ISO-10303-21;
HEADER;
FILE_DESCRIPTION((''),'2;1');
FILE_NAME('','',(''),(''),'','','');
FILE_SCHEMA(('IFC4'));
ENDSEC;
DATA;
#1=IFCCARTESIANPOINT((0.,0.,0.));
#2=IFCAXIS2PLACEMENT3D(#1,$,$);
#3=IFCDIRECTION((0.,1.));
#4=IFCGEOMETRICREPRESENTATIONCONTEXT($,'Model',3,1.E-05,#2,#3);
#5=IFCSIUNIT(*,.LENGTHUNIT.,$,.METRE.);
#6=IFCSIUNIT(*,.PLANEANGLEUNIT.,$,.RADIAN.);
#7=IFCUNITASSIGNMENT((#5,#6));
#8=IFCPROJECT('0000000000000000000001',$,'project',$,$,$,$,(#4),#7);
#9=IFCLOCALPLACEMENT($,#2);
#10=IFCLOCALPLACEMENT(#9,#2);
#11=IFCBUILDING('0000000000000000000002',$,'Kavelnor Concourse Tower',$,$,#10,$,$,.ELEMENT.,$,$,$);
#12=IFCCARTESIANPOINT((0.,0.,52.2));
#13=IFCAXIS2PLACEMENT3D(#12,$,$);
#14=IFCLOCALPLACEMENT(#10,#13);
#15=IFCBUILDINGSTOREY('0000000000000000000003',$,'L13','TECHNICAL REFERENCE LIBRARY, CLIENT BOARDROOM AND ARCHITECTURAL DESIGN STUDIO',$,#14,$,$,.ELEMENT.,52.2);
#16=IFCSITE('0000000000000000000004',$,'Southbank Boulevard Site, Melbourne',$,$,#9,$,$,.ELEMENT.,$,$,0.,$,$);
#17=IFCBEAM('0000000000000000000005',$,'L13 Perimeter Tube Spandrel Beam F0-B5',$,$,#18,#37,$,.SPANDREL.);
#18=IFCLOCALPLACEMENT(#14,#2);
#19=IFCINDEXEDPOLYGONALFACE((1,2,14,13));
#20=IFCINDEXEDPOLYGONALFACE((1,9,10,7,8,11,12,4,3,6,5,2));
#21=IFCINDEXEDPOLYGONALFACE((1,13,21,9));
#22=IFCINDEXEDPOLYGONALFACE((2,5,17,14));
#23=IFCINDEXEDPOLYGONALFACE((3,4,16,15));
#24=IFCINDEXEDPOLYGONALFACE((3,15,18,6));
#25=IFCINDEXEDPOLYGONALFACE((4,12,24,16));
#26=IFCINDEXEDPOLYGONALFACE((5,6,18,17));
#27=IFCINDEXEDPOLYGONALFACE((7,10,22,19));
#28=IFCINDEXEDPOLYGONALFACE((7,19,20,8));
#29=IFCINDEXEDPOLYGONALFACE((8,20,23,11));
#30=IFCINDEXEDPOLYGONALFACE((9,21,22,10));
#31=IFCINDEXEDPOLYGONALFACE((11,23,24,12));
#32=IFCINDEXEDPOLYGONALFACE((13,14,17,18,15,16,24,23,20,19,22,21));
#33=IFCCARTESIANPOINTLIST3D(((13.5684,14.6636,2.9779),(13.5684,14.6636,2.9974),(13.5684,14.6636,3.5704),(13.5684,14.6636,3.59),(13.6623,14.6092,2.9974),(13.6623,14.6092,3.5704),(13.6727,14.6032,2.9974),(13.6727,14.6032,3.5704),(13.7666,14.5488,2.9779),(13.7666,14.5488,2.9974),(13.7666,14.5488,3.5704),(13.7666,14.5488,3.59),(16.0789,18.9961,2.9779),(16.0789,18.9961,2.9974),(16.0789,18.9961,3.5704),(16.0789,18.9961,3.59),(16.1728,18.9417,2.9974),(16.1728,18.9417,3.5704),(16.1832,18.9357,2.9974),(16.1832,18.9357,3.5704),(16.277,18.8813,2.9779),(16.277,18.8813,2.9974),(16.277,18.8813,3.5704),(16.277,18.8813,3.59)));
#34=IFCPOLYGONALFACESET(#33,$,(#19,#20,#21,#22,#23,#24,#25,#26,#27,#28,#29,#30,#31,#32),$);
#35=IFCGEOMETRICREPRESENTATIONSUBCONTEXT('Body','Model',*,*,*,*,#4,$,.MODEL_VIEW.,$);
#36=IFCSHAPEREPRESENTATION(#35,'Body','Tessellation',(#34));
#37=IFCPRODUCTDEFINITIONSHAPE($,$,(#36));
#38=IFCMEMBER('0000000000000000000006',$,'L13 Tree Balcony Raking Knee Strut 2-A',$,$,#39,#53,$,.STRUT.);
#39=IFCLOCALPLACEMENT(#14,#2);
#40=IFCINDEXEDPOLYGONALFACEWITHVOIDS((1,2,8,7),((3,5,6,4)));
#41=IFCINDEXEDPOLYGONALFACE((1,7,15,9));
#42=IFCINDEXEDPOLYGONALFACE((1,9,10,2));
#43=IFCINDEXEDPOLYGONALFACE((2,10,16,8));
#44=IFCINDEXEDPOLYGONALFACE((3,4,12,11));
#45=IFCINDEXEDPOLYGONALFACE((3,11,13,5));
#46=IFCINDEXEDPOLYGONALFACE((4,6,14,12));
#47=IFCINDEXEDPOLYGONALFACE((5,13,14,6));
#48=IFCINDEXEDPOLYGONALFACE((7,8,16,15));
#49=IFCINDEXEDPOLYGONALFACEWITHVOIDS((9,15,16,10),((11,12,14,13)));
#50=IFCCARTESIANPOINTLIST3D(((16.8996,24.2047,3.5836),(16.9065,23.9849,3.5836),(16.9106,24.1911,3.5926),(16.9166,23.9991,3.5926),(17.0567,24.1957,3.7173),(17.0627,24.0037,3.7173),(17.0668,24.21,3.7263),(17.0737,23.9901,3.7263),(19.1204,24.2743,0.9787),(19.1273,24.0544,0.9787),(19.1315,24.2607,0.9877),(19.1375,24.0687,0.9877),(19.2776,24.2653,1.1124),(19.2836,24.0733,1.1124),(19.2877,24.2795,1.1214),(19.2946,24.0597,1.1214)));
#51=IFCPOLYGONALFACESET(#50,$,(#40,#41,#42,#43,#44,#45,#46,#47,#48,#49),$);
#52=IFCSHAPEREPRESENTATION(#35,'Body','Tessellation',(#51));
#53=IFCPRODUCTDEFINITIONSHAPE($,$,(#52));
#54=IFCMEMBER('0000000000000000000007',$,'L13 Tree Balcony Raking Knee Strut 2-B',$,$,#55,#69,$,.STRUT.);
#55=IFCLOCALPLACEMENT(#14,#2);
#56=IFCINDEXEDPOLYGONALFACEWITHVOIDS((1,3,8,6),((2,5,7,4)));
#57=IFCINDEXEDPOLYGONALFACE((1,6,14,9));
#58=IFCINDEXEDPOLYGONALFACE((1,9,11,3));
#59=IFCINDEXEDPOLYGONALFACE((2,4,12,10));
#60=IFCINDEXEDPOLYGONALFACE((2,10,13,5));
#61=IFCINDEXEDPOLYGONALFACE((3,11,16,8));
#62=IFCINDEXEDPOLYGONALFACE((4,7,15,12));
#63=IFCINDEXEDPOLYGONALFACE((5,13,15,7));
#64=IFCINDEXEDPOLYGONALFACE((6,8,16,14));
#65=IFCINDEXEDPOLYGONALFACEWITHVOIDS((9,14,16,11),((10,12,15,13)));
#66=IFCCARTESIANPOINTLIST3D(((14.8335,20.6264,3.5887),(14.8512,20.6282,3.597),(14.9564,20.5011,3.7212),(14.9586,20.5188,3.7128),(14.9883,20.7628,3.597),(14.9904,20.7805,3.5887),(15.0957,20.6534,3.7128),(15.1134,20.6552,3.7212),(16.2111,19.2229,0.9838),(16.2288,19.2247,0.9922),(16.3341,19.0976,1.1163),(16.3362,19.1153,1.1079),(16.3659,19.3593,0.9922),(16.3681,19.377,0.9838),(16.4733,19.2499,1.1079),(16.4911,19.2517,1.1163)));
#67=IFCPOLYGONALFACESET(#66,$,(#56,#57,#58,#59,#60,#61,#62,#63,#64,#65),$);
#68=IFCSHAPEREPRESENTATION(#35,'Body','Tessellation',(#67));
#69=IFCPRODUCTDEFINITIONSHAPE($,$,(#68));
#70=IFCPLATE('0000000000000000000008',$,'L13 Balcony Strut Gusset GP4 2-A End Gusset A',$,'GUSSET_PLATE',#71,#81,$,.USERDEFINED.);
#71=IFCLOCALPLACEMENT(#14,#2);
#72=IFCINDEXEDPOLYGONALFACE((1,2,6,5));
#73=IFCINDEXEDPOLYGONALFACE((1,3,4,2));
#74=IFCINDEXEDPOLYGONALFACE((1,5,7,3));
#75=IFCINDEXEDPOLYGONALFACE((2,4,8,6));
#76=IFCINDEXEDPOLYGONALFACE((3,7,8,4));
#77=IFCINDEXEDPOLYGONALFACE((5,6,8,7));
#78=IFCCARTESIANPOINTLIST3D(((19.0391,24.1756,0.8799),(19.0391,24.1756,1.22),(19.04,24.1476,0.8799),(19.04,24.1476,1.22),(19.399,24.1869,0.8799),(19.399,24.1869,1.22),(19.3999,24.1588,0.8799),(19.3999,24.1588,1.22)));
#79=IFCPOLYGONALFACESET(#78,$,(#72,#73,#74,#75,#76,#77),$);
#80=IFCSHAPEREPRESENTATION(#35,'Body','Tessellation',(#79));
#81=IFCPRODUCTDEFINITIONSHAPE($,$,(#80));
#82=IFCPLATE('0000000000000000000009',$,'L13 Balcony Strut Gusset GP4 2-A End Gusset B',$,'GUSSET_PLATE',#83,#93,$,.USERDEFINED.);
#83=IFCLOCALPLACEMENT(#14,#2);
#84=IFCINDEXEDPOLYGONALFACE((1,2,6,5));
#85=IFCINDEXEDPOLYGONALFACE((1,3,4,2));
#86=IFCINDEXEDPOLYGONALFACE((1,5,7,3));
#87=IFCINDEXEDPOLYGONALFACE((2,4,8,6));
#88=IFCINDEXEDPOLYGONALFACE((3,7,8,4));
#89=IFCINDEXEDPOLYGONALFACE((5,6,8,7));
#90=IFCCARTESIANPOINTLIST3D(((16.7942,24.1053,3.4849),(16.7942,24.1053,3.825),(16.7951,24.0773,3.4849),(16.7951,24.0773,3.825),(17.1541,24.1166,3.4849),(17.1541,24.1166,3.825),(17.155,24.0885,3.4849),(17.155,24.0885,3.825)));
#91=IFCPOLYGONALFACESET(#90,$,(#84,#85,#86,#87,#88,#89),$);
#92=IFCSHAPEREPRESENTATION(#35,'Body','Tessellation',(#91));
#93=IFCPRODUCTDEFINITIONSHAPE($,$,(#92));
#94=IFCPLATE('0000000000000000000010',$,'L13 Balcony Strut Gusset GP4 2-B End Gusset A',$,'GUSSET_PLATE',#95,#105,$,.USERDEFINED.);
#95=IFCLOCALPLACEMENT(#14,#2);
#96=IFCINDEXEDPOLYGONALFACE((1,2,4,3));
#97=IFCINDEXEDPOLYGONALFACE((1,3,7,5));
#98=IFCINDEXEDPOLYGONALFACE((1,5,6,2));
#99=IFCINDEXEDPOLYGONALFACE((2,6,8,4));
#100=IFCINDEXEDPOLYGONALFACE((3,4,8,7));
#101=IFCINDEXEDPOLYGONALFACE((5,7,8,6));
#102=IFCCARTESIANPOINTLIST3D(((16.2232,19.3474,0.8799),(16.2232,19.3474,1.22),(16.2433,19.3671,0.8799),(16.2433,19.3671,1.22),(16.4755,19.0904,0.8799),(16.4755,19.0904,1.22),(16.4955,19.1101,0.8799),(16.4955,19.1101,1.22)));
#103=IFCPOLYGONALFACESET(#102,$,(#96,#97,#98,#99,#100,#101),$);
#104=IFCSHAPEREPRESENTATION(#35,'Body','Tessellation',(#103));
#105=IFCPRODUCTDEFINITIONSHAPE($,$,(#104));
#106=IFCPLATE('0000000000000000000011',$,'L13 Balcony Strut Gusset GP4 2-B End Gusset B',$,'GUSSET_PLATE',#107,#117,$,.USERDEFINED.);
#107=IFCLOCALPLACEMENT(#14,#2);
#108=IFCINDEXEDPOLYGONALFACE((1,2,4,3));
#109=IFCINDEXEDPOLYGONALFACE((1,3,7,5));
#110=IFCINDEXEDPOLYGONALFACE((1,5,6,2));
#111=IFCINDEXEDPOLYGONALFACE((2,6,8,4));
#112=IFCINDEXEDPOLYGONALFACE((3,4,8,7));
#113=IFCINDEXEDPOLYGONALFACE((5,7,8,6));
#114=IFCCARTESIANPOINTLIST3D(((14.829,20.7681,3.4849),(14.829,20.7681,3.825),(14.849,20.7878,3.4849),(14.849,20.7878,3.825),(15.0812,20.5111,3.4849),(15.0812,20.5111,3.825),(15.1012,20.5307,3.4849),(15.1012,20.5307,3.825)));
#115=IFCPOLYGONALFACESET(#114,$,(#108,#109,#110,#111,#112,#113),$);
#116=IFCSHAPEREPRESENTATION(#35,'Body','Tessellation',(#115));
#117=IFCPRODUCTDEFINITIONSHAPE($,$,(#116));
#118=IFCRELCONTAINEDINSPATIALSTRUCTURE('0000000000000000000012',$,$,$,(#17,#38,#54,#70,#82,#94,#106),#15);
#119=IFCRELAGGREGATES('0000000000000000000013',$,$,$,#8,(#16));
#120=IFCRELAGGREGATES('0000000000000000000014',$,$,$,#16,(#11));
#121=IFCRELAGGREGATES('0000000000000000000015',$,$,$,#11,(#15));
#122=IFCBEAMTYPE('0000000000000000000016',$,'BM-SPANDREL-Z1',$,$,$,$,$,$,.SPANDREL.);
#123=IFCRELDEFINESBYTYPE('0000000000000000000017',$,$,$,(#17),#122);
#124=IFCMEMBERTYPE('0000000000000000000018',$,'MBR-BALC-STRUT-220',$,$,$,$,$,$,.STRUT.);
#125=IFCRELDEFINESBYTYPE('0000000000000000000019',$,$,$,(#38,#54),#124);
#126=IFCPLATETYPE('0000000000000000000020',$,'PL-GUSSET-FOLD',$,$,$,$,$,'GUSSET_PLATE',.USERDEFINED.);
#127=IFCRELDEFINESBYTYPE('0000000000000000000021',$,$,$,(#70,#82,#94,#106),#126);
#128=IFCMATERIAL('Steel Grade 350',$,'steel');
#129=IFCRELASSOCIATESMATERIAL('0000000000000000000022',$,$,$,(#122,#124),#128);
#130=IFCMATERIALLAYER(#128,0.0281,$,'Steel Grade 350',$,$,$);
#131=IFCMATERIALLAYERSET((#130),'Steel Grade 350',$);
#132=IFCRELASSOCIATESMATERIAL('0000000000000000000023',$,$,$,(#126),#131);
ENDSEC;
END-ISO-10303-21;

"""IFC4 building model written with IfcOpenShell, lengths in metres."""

from ifc_helpers import new_model, si_unit, direction, frame, origin, origin_2d, place, context, subcontext, project, spatial, rectangle, hollow_rectangle, i_section, extrude, material, layer, layer_set, material_profile, profile_set, type_object, element, save


model = new_model("IFC4")

# Units and contexts
model_context = context("Model", 3, precision=1e-05, world=origin(), true_north=direction((0.0, 1.0)))
body_context = subcontext(model_context, "Body", "Model", "MODEL_VIEW")
ifc_project = project(units=[si_unit("LENGTHUNIT", "METRE"), si_unit("PLANEANGLEUNIT", "RADIAN")], contexts=[model_context])

# Site, building, storey
site_placement = place(None, origin())
site = spatial("IfcSite", under=ifc_project, at=site_placement, Name="Southbank Boulevard Site, Melbourne", CompositionType="ELEMENT", RefElevation=0.0)
building_placement = place(site_placement, origin())
building = spatial("IfcBuilding", under=site, at=building_placement, Name="Kavelnor Concourse Tower", CompositionType="ELEMENT")
storey_placement = place(building_placement, frame((0.0, 0.0, 52.2)))
storey = spatial("IfcBuildingStorey", under=building, at=storey_placement, Name="L13", Description="TECHNICAL REFERENCE LIBRARY, CLIENT BOARDROOM AND ARCHITECTURAL DESIGN STUDIO", CompositionType="ELEMENT", Elevation=52.2)

# Shared definitions
ifc_material = material(Name="Steel Grade 350", Category="steel")

# Beam
ifc_material_profile_1 = material_profile(ifc_material, i_section(OverallWidth=0.229, OverallDepth=0.6121, WebThickness=0.012, FlangeThickness=0.0195, at=origin_2d()), Name="610UB125")
ifc_profile_set_1 = profile_set([ifc_material_profile_1], Name="Steel Grade 350")
beam_type_1 = type_object("IfcBeamType", Name="BM-SPANDREL-Z1", PredefinedType="SPANDREL", material=ifc_profile_set_1)
beam_1_placement = place(storey_placement, frame((16.178, 18.9387, 3.2839), z_axis=(-0.501365, -0.865236, 0.0), x_axis=(0.865236, -0.501365, 0.0)))
element("IfcBeam", 1, at=beam_1_placement, inside=storey, type_object=beam_type_1, Name="L13 Perimeter Tube Spandrel Beam F0-B5", PredefinedType="SPANDREL", context=body_context, shape_type="SweptSolid", body=[
    extrude(i_section(OverallWidth=0.229, OverallDepth=0.6121, WebThickness=0.012, FlangeThickness=0.0195, at=origin_2d()), origin(), (0.0, 0.0, 1.0), 5.0073),
])

# Members
ifc_material_profile_2 = material_profile(ifc_material, hollow_rectangle(XDim=0.22, YDim=0.22, WallThickness=0.0139, at=origin_2d()), Name="SHS 220x220x14")
ifc_profile_set_2 = profile_set([ifc_material_profile_2], Name="Steel Grade 350")
member_type = type_object("IfcMemberType", Name="MBR-BALC-STRUT-220", PredefinedType="STRUT", material=ifc_profile_set_2)
member_1_placement = place(storey_placement, frame((19.2075, 24.167, 1.05), z_axis=(-0.648652, -0.020322, 0.760813), x_axis=(0.031314, -0.99951, 0.0)))
element("IfcMember", 2, at=member_1_placement, inside=storey, type_object=member_type, Name="L13 Tree Balcony Raking Knee Strut 2-A", PredefinedType="STRUT", context=body_context, shape_type="SweptSolid", body=[
    extrude(hollow_rectangle(XDim=0.22, YDim=0.22, WallThickness=0.0139, at=origin_2d()), origin(), (0.0, 0.0, 1.0), 3.4238),
])
member_2_placement = place(storey_placement, frame((16.3511, 19.2373, 1.05), z_axis=(-0.42208, 0.430009, 0.798086), x_axis=(-0.713655, -0.700497, 0.0)))
element("IfcMember", 3, at=member_2_placement, inside=storey, type_object=member_type, Name="L13 Tree Balcony Raking Knee Strut 2-B", PredefinedType="STRUT", context=body_context, shape_type="SweptSolid", body=[
    extrude(hollow_rectangle(XDim=0.22, YDim=0.22, WallThickness=0.0139, at=origin_2d()), origin(), (0.0, 0.0, 1.0), 3.2639),
])

# Plates
ifc_layer = layer(ifc_material, 0.0281, Name="Steel Grade 350")
ifc_layer_set = layer_set([ifc_layer], Name="Steel Grade 350")
plate_type = type_object("IfcPlateType", Name="PL-GUSSET-FOLD", ElementType="GUSSET_PLATE", PredefinedType="USERDEFINED", material=ifc_layer_set)
for number, where, z_axis, x_axis, name in (
    (4, (19.2195, 24.1672, 0.8799), (0.0, 0.0, 1.0), (-0.999512, -0.031236, 0.0), "L13 Balcony Strut Gusset GP4 2-A End Gusset A"),
    (5, (16.9746, 24.0969, 3.4849), (0.0, 0.0, 1.0), (-0.999512, -0.031236, 0.0), "L13 Balcony Strut Gusset GP4 2-A End Gusset B"),
    (6, (16.3594, 19.2288, 0.8799), (0.0, 0.0, 1.0), (-0.700411, 0.71374, 0.0), "L13 Balcony Strut Gusset GP4 2-B End Gusset A"),
    (7, (14.9651, 20.6494, 3.4849), (0.0, 0.0, 1.0), (-0.700411, 0.71374, 0.0), "L13 Balcony Strut Gusset GP4 2-B End Gusset B"),
):
    element("IfcPlate", number, at=place(storey_placement, frame(where, z_axis=z_axis, x_axis=x_axis)), inside=storey, type_object=plate_type, Name=name, ObjectType="GUSSET_PLATE", PredefinedType="USERDEFINED", context=body_context, shape_type="SweptSolid", body=[
        extrude(rectangle(XDim=0.3601, YDim=0.0281, at=origin_2d()), origin(), (0.0, 0.0, 1.0), 0.3401),
    ])

save(model, "model.ifc")
